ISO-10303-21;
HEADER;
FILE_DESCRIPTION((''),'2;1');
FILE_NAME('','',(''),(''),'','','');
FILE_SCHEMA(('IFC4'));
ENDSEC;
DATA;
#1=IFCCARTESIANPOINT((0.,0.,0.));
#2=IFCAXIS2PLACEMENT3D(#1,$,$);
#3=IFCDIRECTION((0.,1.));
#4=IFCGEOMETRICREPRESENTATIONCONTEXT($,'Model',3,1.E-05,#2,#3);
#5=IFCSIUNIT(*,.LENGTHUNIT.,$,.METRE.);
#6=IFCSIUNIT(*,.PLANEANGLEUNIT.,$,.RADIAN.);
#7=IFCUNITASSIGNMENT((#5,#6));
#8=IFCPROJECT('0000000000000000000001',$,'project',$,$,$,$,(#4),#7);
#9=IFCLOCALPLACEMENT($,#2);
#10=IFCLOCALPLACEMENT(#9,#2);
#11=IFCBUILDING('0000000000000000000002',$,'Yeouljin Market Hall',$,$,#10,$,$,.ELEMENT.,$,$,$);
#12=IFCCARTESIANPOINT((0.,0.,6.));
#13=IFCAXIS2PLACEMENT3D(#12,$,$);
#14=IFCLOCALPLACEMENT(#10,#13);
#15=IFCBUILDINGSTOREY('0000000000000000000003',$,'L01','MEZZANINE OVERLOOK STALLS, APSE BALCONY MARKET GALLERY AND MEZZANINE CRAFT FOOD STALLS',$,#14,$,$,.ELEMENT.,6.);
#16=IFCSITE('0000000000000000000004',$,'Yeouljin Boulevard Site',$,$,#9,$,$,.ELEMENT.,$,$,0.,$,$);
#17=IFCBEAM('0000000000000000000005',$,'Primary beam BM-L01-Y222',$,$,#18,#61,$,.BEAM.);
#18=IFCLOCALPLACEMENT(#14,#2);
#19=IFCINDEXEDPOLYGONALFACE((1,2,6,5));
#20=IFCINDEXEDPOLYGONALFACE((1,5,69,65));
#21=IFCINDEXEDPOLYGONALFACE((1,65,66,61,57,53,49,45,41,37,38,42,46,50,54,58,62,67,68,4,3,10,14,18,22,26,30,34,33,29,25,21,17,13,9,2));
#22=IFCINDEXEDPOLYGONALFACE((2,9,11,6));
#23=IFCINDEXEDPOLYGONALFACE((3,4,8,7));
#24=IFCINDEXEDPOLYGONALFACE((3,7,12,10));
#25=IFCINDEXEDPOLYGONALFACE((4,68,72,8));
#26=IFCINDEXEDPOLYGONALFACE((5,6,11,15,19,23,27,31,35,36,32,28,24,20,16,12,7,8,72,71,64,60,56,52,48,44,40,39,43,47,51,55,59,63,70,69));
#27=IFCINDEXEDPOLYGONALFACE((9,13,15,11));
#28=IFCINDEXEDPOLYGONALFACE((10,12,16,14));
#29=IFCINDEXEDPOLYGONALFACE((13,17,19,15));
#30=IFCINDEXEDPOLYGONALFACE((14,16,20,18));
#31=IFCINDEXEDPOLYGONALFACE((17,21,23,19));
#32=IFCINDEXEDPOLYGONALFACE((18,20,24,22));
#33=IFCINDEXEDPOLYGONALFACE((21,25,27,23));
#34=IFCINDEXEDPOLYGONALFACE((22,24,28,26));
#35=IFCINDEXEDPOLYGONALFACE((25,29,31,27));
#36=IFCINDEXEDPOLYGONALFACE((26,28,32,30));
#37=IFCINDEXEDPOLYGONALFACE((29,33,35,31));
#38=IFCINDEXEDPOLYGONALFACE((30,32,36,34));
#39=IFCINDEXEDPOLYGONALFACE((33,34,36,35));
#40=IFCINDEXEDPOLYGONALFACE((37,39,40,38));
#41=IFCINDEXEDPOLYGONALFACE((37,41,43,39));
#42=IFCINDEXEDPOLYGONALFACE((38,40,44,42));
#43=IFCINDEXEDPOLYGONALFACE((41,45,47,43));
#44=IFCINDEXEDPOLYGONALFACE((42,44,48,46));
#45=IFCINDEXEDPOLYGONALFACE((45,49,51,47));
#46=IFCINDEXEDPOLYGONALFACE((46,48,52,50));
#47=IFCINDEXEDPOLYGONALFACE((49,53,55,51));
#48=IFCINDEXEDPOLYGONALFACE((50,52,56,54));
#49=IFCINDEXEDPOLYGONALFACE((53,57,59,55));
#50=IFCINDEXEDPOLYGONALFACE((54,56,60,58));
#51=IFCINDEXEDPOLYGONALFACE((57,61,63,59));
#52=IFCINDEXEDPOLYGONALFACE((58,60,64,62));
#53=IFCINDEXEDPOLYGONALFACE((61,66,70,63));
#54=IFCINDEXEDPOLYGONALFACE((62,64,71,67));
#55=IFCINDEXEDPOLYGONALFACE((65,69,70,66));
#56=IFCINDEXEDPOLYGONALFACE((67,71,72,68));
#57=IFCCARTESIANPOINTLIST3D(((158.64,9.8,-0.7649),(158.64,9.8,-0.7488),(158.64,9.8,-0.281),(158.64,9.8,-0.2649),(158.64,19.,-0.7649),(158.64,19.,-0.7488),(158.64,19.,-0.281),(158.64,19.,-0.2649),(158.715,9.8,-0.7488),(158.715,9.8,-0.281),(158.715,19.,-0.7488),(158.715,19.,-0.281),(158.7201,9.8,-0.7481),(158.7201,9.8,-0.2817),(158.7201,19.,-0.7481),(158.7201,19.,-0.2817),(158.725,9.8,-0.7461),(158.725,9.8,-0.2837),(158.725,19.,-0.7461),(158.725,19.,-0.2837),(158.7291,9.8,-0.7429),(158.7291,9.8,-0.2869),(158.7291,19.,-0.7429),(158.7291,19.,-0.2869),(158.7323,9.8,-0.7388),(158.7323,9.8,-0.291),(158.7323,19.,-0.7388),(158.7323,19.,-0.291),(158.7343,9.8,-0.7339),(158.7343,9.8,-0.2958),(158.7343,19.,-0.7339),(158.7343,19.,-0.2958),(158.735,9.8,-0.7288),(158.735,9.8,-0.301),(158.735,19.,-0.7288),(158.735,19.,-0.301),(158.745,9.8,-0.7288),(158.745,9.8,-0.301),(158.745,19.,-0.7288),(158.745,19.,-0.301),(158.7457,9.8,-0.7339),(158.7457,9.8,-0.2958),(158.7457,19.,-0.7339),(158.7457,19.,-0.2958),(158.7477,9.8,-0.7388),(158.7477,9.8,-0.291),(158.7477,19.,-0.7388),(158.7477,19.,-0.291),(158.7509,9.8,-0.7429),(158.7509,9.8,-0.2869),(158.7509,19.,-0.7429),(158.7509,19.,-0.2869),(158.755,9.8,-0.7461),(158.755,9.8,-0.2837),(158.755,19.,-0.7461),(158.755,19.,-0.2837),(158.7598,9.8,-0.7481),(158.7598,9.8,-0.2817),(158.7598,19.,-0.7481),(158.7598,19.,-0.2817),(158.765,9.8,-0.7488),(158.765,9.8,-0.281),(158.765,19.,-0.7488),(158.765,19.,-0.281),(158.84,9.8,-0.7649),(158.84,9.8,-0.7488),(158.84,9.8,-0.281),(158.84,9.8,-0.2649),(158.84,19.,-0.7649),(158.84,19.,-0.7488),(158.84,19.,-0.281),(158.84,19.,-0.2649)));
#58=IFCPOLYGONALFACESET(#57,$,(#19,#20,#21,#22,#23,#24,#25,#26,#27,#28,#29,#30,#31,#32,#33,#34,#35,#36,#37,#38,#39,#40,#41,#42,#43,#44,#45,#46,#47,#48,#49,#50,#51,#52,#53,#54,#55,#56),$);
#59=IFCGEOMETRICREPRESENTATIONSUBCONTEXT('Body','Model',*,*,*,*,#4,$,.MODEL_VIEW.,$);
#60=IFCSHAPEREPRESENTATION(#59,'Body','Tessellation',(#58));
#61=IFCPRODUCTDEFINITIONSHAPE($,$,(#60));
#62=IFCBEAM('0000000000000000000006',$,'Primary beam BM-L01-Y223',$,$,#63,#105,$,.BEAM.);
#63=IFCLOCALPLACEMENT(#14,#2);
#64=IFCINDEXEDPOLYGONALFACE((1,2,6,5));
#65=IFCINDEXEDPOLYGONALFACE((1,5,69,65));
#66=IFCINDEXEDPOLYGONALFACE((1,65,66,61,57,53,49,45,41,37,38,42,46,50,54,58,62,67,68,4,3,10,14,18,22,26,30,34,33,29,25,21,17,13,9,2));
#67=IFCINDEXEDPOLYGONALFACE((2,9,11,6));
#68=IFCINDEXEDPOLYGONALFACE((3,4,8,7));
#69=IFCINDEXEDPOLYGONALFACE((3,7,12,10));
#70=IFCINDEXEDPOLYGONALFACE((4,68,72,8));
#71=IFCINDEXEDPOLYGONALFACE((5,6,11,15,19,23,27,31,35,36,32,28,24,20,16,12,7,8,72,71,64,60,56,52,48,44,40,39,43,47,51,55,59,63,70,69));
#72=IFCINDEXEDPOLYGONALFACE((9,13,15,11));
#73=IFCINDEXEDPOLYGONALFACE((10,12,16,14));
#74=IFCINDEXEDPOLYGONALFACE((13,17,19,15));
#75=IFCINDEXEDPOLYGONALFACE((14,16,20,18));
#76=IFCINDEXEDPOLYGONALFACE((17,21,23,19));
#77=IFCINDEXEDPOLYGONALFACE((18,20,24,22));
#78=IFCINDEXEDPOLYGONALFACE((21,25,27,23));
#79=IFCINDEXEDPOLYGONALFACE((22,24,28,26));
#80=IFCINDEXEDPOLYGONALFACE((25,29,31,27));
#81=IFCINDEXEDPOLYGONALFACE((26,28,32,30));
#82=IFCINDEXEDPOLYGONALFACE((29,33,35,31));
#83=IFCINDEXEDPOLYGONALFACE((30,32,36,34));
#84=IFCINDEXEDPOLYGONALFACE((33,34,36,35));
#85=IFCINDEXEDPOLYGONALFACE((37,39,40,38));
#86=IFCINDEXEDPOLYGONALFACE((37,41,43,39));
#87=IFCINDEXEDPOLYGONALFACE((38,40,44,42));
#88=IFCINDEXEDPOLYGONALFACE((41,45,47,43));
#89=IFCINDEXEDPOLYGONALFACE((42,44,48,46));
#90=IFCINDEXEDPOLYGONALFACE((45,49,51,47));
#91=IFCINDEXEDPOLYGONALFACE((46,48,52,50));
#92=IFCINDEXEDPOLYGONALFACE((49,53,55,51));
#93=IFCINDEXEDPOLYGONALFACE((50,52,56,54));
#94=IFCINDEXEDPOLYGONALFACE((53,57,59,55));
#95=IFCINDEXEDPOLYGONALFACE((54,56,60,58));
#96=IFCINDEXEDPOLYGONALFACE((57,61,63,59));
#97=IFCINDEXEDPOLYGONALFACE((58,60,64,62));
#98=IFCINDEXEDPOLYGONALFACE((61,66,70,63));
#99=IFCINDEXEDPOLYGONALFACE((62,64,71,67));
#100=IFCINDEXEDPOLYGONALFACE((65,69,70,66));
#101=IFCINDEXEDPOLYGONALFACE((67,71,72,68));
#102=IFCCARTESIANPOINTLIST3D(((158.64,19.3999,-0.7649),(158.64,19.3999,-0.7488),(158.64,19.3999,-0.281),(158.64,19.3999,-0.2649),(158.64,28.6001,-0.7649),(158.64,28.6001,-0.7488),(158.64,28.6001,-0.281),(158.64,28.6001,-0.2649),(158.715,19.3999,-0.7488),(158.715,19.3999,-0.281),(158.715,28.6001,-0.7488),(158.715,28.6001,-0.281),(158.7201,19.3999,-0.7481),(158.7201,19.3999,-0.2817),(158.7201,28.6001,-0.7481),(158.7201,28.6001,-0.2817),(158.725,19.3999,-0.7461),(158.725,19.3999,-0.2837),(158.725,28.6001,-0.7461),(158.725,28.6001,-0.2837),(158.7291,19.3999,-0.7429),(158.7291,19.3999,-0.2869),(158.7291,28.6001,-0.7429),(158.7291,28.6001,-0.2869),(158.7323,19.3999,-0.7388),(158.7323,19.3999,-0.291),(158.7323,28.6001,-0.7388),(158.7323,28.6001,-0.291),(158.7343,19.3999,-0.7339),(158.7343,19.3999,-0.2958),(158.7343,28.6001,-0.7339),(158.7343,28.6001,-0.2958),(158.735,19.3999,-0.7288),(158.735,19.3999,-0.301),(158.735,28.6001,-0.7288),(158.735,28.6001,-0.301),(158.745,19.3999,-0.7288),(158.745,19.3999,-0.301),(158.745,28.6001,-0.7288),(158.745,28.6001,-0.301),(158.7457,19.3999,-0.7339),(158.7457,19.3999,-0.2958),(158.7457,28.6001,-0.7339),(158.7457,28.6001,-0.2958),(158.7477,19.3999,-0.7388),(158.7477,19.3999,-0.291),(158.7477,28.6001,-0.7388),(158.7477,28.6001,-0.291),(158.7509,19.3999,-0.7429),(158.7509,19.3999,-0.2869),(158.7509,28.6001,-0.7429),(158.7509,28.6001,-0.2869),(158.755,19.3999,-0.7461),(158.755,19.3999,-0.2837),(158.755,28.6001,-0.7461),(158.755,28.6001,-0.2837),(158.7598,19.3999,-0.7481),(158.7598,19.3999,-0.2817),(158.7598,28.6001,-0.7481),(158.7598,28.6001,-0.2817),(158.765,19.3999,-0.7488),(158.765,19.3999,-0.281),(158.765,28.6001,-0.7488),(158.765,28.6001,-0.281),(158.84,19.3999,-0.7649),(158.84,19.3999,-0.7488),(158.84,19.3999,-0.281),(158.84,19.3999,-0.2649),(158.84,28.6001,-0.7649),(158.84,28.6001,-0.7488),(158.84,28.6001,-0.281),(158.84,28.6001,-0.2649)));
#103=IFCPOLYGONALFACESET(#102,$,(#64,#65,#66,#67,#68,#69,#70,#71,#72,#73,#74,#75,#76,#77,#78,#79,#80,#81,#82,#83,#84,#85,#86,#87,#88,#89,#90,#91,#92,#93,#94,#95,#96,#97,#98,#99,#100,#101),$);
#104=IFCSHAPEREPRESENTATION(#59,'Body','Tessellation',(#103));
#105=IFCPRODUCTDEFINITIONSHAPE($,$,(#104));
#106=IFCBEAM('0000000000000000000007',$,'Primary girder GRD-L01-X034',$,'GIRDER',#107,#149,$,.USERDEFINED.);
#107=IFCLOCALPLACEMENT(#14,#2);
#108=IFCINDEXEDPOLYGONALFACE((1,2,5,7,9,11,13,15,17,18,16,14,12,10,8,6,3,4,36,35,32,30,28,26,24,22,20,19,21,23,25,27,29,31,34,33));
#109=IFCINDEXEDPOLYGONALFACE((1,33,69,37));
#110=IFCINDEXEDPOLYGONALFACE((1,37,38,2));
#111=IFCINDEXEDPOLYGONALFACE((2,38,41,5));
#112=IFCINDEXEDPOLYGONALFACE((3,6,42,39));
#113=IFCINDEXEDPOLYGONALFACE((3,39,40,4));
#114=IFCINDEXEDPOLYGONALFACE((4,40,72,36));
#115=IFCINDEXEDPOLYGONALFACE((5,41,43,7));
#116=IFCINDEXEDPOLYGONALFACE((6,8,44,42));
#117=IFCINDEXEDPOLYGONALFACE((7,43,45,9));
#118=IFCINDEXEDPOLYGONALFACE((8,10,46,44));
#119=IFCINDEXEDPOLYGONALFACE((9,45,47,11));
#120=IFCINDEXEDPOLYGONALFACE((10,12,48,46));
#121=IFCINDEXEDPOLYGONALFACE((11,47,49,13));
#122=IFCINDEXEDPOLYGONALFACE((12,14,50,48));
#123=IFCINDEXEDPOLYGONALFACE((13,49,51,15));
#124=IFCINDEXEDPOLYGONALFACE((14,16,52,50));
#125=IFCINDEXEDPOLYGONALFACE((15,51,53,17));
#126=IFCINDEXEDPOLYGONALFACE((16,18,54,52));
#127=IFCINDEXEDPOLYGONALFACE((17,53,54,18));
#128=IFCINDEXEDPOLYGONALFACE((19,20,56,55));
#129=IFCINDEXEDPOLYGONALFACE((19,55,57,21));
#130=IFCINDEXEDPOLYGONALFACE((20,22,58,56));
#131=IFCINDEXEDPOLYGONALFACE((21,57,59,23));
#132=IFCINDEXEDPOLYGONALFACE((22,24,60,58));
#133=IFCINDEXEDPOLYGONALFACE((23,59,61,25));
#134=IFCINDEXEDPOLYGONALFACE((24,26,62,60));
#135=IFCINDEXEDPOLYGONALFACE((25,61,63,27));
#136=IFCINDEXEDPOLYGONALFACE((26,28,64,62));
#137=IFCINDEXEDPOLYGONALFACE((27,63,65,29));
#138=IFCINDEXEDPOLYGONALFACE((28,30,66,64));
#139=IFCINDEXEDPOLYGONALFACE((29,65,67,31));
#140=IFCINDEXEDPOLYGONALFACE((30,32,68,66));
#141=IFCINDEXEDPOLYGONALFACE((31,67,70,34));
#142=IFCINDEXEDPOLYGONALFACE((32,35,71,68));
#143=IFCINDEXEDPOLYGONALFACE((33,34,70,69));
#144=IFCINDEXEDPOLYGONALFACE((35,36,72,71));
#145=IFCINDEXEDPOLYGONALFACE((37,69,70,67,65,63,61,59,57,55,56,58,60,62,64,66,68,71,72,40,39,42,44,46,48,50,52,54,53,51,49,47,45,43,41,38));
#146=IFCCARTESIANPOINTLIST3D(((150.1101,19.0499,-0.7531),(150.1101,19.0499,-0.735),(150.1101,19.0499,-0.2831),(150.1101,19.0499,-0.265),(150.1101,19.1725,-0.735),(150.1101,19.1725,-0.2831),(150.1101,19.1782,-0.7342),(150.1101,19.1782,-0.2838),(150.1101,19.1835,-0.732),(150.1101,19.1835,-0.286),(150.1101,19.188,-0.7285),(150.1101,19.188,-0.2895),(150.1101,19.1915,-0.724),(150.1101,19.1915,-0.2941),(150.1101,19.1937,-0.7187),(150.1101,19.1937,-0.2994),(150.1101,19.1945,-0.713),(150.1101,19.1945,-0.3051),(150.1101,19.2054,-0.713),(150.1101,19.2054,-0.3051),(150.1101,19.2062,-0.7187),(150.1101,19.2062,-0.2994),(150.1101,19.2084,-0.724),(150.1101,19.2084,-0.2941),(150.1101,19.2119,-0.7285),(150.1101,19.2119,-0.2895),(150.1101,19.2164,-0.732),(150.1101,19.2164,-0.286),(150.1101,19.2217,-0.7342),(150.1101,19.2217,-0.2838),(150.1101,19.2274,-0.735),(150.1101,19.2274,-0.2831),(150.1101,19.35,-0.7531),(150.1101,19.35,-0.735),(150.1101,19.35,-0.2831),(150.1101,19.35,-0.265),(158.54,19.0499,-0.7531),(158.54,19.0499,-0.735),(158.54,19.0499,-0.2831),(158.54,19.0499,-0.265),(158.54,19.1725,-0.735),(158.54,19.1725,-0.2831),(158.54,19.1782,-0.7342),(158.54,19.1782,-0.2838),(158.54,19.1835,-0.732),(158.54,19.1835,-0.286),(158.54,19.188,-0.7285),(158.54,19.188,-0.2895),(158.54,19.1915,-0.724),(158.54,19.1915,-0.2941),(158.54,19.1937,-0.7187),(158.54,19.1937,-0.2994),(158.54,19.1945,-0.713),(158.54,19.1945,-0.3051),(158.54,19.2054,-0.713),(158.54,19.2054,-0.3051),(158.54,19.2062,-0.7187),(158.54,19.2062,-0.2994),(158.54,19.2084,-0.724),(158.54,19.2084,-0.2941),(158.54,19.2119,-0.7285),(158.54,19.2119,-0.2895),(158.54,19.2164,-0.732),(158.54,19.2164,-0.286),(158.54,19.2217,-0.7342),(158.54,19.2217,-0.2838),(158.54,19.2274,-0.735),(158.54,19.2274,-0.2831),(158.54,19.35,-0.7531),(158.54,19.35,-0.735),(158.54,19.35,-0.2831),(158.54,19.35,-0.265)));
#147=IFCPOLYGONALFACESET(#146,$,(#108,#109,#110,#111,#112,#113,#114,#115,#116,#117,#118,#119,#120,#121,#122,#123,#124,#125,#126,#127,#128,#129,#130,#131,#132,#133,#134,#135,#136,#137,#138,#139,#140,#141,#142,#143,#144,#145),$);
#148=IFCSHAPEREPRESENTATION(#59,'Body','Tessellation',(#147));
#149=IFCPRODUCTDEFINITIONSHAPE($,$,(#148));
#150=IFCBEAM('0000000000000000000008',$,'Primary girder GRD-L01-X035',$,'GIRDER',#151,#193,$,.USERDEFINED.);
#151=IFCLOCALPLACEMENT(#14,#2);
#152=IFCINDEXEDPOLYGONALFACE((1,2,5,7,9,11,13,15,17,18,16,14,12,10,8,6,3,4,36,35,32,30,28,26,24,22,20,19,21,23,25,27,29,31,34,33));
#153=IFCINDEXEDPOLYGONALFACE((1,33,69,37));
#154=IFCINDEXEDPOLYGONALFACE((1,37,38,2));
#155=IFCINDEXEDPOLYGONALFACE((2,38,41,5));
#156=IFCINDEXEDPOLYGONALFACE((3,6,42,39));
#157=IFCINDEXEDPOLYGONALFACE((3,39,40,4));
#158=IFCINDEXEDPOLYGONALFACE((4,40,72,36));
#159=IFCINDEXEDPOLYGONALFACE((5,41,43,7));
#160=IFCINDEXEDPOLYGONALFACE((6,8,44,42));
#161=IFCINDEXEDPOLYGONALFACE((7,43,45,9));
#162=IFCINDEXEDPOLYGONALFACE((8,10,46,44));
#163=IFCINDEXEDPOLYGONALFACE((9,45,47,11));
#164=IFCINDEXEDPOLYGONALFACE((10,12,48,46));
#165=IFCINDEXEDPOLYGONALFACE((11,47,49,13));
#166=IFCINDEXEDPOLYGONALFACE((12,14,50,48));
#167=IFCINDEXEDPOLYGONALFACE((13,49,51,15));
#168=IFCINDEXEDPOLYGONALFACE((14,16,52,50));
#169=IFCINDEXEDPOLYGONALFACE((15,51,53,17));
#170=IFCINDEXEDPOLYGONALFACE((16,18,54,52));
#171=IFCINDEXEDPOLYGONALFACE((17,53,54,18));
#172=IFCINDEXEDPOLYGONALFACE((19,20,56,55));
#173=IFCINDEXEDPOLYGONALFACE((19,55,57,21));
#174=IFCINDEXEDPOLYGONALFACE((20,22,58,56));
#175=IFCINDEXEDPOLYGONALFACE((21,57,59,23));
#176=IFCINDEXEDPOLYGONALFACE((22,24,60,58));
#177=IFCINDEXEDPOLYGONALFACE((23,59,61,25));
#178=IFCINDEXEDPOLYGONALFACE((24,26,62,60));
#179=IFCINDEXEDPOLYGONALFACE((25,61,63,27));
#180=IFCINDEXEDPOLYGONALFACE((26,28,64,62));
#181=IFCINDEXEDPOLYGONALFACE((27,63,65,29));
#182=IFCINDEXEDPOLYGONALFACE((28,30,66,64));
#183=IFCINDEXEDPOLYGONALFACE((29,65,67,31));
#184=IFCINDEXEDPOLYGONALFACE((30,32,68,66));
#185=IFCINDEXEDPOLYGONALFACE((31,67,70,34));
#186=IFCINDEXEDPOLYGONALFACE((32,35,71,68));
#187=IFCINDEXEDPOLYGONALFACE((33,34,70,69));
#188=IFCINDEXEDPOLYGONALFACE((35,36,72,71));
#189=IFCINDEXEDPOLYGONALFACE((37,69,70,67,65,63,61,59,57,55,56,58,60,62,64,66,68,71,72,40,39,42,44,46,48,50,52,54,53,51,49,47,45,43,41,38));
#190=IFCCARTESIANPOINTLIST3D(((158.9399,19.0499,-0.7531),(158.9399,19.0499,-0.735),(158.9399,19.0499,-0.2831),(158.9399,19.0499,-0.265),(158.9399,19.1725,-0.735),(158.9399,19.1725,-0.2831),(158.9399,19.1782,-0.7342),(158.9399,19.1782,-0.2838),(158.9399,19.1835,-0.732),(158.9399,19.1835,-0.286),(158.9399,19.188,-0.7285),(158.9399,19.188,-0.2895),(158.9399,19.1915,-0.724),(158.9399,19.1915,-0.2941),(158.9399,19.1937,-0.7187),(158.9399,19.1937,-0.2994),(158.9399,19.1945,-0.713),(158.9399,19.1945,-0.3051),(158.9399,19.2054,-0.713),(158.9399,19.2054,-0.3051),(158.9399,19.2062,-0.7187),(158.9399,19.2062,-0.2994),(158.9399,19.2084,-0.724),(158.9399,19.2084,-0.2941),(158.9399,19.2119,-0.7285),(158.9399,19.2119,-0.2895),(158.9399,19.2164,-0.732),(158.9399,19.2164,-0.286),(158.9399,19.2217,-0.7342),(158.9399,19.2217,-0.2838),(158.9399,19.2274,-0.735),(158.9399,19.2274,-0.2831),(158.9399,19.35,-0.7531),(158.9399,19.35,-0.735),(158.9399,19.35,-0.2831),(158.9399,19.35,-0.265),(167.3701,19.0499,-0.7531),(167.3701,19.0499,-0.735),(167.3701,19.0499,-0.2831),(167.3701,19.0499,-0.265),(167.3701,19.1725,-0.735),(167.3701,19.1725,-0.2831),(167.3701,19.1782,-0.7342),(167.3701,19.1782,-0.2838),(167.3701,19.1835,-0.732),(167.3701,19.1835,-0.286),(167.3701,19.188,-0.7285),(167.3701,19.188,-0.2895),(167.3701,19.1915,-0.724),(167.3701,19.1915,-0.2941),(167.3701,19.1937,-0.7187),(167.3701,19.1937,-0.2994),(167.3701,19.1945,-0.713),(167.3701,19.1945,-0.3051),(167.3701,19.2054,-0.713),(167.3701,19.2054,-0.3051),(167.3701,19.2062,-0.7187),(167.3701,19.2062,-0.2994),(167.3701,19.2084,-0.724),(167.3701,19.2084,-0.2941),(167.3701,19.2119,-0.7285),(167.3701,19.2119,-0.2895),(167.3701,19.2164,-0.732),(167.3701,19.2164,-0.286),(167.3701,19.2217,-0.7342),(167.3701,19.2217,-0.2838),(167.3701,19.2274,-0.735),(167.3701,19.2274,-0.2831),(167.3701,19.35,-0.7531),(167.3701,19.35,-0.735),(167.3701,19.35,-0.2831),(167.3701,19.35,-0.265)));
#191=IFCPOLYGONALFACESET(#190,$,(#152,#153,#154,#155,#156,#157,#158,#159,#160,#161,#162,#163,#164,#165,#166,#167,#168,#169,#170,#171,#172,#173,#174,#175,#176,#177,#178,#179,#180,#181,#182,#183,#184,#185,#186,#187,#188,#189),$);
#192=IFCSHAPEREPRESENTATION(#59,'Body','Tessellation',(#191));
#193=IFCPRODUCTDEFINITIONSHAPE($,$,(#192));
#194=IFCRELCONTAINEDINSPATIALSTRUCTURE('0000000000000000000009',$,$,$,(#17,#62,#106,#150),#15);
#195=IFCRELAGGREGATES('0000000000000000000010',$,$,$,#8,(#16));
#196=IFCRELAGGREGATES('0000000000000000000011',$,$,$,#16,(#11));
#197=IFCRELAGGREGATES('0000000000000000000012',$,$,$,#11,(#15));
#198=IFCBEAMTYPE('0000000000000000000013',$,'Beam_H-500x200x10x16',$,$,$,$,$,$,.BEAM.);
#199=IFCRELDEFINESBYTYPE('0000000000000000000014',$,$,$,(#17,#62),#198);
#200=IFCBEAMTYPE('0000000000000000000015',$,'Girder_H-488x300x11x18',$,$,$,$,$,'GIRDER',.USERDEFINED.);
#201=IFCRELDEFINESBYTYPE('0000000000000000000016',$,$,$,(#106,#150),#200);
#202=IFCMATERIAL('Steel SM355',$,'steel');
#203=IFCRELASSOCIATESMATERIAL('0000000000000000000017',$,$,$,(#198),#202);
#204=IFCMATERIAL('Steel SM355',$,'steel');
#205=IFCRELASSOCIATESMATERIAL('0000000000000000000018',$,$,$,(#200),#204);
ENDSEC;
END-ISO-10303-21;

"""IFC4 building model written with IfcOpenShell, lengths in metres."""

from ifc_helpers import new_model, si_unit, direction, frame, origin, origin_2d, place, context, subcontext, project, spatial, i_section, extrude, material, material_profile, profile_set, type_object, element, save


model = new_model("IFC4")

# Units and contexts
model_context = context("Model", 3, precision=1e-05, world=origin(), true_north=direction((0.0, 1.0)))
body_context = subcontext(model_context, "Body", "Model", "MODEL_VIEW")
ifc_project = project(units=[si_unit("LENGTHUNIT", "METRE"), si_unit("PLANEANGLEUNIT", "RADIAN")], contexts=[model_context])

# Site, building, storey
site_placement = place(None, origin())
site = spatial("IfcSite", under=ifc_project, at=site_placement, Name="Yeouljin Boulevard Site", CompositionType="ELEMENT", RefElevation=0.0)
building_placement = place(site_placement, origin())
building = spatial("IfcBuilding", under=site, at=building_placement, Name="Yeouljin Market Hall", CompositionType="ELEMENT")
storey_placement = place(building_placement, frame((0.0, 0.0, 6.0)))
storey = spatial("IfcBuildingStorey", under=building, at=storey_placement, Name="L01", Description="MEZZANINE OVERLOOK STALLS, APSE BALCONY MARKET GALLERY AND MEZZANINE CRAFT FOOD STALLS", CompositionType="ELEMENT", Elevation=6.0)

# Beams
ifc_material_1 = material(Name="Steel SM355", Category="steel")
ifc_material_profile_1 = material_profile(ifc_material_1, i_section(OverallWidth=0.2, OverallDepth=0.5, WebThickness=0.01, FlangeThickness=0.0161, FilletRadius=0.02, at=origin_2d()), Name="H-500x200x10x16")
ifc_profile_set_1 = profile_set([ifc_material_profile_1], Name="Steel SM355")
beam_type_1 = type_object("IfcBeamType", Name="Beam_H-500x200x10x16", PredefinedType="BEAM", material=ifc_profile_set_1)
beam_1_placement = place(storey_placement, frame((158.74, 9.8, -0.5149), z_axis=(0.0, 1.0, 0.0), x_axis=(-1.0, 0.0, 0.0)))
element("IfcBeam", 1, at=beam_1_placement, inside=storey, type_object=beam_type_1, Name="Primary beam BM-L01-Y222", PredefinedType="BEAM", context=body_context, shape_type="SweptSolid", body=[
    extrude(i_section(OverallWidth=0.2, OverallDepth=0.5, WebThickness=0.01, FlangeThickness=0.0161, FilletRadius=0.02, at=origin_2d()), origin(), (0.0, 0.0, 1.0), 9.2),
])
beam_2_placement = place(storey_placement, frame((158.74, 19.3999, -0.5149), z_axis=(0.0, 1.0, 0.0), x_axis=(-1.0, 0.0, 0.0)))
element("IfcBeam", 2, at=beam_2_placement, inside=storey, type_object=beam_type_1, Name="Primary beam BM-L01-Y223", PredefinedType="BEAM", context=body_context, shape_type="SweptSolid", body=[
    extrude(i_section(OverallWidth=0.2, OverallDepth=0.5, WebThickness=0.01, FlangeThickness=0.0161, FilletRadius=0.02, at=origin_2d()), origin(), (0.0, 0.0, 1.0), 9.2002),
])
ifc_material_2 = material(Name="Steel SM355", Category="steel")
ifc_material_profile_2 = material_profile(ifc_material_2, i_section(OverallWidth=0.3, OverallDepth=0.488, WebThickness=0.011, FlangeThickness=0.0181, FilletRadius=0.022, at=origin_2d()), Name="H-488x300x11x18")
ifc_profile_set_2 = profile_set([ifc_material_profile_2], Name="Steel SM355")
beam_type_2 = type_object("IfcBeamType", Name="Girder_H-488x300x11x18", ElementType="GIRDER", PredefinedType="USERDEFINED", material=ifc_profile_set_2)
beam_3_placement = place(storey_placement, frame((150.1101, 19.2, -0.509), z_axis=(1.0, 0.0, 0.0), x_axis=(0.0, 1.0, 0.0)))
element("IfcBeam", 3, at=beam_3_placement, inside=storey, type_object=beam_type_2, Name="Primary girder GRD-L01-X034", ObjectType="GIRDER", PredefinedType="USERDEFINED", context=body_context, shape_type="SweptSolid", body=[
    extrude(i_section(OverallWidth=0.3, OverallDepth=0.488, WebThickness=0.011, FlangeThickness=0.0181, FilletRadius=0.022, at=origin_2d()), origin(), (0.0, 0.0, 1.0), 8.4299),
])
beam_4_placement = place(storey_placement, frame((158.9399, 19.2, -0.509), z_axis=(1.0, 0.0, 0.0), x_axis=(0.0, 1.0, 0.0)))
element("IfcBeam", 4, at=beam_4_placement, inside=storey, type_object=beam_type_2, Name="Primary girder GRD-L01-X035", ObjectType="GIRDER", PredefinedType="USERDEFINED", context=body_context, shape_type="SweptSolid", body=[
    extrude(i_section(OverallWidth=0.3, OverallDepth=0.488, WebThickness=0.011, FlangeThickness=0.0181, FilletRadius=0.022, at=origin_2d()), origin(), (0.0, 0.0, 1.0), 8.4302),
])

save(model, "model.ifc")
